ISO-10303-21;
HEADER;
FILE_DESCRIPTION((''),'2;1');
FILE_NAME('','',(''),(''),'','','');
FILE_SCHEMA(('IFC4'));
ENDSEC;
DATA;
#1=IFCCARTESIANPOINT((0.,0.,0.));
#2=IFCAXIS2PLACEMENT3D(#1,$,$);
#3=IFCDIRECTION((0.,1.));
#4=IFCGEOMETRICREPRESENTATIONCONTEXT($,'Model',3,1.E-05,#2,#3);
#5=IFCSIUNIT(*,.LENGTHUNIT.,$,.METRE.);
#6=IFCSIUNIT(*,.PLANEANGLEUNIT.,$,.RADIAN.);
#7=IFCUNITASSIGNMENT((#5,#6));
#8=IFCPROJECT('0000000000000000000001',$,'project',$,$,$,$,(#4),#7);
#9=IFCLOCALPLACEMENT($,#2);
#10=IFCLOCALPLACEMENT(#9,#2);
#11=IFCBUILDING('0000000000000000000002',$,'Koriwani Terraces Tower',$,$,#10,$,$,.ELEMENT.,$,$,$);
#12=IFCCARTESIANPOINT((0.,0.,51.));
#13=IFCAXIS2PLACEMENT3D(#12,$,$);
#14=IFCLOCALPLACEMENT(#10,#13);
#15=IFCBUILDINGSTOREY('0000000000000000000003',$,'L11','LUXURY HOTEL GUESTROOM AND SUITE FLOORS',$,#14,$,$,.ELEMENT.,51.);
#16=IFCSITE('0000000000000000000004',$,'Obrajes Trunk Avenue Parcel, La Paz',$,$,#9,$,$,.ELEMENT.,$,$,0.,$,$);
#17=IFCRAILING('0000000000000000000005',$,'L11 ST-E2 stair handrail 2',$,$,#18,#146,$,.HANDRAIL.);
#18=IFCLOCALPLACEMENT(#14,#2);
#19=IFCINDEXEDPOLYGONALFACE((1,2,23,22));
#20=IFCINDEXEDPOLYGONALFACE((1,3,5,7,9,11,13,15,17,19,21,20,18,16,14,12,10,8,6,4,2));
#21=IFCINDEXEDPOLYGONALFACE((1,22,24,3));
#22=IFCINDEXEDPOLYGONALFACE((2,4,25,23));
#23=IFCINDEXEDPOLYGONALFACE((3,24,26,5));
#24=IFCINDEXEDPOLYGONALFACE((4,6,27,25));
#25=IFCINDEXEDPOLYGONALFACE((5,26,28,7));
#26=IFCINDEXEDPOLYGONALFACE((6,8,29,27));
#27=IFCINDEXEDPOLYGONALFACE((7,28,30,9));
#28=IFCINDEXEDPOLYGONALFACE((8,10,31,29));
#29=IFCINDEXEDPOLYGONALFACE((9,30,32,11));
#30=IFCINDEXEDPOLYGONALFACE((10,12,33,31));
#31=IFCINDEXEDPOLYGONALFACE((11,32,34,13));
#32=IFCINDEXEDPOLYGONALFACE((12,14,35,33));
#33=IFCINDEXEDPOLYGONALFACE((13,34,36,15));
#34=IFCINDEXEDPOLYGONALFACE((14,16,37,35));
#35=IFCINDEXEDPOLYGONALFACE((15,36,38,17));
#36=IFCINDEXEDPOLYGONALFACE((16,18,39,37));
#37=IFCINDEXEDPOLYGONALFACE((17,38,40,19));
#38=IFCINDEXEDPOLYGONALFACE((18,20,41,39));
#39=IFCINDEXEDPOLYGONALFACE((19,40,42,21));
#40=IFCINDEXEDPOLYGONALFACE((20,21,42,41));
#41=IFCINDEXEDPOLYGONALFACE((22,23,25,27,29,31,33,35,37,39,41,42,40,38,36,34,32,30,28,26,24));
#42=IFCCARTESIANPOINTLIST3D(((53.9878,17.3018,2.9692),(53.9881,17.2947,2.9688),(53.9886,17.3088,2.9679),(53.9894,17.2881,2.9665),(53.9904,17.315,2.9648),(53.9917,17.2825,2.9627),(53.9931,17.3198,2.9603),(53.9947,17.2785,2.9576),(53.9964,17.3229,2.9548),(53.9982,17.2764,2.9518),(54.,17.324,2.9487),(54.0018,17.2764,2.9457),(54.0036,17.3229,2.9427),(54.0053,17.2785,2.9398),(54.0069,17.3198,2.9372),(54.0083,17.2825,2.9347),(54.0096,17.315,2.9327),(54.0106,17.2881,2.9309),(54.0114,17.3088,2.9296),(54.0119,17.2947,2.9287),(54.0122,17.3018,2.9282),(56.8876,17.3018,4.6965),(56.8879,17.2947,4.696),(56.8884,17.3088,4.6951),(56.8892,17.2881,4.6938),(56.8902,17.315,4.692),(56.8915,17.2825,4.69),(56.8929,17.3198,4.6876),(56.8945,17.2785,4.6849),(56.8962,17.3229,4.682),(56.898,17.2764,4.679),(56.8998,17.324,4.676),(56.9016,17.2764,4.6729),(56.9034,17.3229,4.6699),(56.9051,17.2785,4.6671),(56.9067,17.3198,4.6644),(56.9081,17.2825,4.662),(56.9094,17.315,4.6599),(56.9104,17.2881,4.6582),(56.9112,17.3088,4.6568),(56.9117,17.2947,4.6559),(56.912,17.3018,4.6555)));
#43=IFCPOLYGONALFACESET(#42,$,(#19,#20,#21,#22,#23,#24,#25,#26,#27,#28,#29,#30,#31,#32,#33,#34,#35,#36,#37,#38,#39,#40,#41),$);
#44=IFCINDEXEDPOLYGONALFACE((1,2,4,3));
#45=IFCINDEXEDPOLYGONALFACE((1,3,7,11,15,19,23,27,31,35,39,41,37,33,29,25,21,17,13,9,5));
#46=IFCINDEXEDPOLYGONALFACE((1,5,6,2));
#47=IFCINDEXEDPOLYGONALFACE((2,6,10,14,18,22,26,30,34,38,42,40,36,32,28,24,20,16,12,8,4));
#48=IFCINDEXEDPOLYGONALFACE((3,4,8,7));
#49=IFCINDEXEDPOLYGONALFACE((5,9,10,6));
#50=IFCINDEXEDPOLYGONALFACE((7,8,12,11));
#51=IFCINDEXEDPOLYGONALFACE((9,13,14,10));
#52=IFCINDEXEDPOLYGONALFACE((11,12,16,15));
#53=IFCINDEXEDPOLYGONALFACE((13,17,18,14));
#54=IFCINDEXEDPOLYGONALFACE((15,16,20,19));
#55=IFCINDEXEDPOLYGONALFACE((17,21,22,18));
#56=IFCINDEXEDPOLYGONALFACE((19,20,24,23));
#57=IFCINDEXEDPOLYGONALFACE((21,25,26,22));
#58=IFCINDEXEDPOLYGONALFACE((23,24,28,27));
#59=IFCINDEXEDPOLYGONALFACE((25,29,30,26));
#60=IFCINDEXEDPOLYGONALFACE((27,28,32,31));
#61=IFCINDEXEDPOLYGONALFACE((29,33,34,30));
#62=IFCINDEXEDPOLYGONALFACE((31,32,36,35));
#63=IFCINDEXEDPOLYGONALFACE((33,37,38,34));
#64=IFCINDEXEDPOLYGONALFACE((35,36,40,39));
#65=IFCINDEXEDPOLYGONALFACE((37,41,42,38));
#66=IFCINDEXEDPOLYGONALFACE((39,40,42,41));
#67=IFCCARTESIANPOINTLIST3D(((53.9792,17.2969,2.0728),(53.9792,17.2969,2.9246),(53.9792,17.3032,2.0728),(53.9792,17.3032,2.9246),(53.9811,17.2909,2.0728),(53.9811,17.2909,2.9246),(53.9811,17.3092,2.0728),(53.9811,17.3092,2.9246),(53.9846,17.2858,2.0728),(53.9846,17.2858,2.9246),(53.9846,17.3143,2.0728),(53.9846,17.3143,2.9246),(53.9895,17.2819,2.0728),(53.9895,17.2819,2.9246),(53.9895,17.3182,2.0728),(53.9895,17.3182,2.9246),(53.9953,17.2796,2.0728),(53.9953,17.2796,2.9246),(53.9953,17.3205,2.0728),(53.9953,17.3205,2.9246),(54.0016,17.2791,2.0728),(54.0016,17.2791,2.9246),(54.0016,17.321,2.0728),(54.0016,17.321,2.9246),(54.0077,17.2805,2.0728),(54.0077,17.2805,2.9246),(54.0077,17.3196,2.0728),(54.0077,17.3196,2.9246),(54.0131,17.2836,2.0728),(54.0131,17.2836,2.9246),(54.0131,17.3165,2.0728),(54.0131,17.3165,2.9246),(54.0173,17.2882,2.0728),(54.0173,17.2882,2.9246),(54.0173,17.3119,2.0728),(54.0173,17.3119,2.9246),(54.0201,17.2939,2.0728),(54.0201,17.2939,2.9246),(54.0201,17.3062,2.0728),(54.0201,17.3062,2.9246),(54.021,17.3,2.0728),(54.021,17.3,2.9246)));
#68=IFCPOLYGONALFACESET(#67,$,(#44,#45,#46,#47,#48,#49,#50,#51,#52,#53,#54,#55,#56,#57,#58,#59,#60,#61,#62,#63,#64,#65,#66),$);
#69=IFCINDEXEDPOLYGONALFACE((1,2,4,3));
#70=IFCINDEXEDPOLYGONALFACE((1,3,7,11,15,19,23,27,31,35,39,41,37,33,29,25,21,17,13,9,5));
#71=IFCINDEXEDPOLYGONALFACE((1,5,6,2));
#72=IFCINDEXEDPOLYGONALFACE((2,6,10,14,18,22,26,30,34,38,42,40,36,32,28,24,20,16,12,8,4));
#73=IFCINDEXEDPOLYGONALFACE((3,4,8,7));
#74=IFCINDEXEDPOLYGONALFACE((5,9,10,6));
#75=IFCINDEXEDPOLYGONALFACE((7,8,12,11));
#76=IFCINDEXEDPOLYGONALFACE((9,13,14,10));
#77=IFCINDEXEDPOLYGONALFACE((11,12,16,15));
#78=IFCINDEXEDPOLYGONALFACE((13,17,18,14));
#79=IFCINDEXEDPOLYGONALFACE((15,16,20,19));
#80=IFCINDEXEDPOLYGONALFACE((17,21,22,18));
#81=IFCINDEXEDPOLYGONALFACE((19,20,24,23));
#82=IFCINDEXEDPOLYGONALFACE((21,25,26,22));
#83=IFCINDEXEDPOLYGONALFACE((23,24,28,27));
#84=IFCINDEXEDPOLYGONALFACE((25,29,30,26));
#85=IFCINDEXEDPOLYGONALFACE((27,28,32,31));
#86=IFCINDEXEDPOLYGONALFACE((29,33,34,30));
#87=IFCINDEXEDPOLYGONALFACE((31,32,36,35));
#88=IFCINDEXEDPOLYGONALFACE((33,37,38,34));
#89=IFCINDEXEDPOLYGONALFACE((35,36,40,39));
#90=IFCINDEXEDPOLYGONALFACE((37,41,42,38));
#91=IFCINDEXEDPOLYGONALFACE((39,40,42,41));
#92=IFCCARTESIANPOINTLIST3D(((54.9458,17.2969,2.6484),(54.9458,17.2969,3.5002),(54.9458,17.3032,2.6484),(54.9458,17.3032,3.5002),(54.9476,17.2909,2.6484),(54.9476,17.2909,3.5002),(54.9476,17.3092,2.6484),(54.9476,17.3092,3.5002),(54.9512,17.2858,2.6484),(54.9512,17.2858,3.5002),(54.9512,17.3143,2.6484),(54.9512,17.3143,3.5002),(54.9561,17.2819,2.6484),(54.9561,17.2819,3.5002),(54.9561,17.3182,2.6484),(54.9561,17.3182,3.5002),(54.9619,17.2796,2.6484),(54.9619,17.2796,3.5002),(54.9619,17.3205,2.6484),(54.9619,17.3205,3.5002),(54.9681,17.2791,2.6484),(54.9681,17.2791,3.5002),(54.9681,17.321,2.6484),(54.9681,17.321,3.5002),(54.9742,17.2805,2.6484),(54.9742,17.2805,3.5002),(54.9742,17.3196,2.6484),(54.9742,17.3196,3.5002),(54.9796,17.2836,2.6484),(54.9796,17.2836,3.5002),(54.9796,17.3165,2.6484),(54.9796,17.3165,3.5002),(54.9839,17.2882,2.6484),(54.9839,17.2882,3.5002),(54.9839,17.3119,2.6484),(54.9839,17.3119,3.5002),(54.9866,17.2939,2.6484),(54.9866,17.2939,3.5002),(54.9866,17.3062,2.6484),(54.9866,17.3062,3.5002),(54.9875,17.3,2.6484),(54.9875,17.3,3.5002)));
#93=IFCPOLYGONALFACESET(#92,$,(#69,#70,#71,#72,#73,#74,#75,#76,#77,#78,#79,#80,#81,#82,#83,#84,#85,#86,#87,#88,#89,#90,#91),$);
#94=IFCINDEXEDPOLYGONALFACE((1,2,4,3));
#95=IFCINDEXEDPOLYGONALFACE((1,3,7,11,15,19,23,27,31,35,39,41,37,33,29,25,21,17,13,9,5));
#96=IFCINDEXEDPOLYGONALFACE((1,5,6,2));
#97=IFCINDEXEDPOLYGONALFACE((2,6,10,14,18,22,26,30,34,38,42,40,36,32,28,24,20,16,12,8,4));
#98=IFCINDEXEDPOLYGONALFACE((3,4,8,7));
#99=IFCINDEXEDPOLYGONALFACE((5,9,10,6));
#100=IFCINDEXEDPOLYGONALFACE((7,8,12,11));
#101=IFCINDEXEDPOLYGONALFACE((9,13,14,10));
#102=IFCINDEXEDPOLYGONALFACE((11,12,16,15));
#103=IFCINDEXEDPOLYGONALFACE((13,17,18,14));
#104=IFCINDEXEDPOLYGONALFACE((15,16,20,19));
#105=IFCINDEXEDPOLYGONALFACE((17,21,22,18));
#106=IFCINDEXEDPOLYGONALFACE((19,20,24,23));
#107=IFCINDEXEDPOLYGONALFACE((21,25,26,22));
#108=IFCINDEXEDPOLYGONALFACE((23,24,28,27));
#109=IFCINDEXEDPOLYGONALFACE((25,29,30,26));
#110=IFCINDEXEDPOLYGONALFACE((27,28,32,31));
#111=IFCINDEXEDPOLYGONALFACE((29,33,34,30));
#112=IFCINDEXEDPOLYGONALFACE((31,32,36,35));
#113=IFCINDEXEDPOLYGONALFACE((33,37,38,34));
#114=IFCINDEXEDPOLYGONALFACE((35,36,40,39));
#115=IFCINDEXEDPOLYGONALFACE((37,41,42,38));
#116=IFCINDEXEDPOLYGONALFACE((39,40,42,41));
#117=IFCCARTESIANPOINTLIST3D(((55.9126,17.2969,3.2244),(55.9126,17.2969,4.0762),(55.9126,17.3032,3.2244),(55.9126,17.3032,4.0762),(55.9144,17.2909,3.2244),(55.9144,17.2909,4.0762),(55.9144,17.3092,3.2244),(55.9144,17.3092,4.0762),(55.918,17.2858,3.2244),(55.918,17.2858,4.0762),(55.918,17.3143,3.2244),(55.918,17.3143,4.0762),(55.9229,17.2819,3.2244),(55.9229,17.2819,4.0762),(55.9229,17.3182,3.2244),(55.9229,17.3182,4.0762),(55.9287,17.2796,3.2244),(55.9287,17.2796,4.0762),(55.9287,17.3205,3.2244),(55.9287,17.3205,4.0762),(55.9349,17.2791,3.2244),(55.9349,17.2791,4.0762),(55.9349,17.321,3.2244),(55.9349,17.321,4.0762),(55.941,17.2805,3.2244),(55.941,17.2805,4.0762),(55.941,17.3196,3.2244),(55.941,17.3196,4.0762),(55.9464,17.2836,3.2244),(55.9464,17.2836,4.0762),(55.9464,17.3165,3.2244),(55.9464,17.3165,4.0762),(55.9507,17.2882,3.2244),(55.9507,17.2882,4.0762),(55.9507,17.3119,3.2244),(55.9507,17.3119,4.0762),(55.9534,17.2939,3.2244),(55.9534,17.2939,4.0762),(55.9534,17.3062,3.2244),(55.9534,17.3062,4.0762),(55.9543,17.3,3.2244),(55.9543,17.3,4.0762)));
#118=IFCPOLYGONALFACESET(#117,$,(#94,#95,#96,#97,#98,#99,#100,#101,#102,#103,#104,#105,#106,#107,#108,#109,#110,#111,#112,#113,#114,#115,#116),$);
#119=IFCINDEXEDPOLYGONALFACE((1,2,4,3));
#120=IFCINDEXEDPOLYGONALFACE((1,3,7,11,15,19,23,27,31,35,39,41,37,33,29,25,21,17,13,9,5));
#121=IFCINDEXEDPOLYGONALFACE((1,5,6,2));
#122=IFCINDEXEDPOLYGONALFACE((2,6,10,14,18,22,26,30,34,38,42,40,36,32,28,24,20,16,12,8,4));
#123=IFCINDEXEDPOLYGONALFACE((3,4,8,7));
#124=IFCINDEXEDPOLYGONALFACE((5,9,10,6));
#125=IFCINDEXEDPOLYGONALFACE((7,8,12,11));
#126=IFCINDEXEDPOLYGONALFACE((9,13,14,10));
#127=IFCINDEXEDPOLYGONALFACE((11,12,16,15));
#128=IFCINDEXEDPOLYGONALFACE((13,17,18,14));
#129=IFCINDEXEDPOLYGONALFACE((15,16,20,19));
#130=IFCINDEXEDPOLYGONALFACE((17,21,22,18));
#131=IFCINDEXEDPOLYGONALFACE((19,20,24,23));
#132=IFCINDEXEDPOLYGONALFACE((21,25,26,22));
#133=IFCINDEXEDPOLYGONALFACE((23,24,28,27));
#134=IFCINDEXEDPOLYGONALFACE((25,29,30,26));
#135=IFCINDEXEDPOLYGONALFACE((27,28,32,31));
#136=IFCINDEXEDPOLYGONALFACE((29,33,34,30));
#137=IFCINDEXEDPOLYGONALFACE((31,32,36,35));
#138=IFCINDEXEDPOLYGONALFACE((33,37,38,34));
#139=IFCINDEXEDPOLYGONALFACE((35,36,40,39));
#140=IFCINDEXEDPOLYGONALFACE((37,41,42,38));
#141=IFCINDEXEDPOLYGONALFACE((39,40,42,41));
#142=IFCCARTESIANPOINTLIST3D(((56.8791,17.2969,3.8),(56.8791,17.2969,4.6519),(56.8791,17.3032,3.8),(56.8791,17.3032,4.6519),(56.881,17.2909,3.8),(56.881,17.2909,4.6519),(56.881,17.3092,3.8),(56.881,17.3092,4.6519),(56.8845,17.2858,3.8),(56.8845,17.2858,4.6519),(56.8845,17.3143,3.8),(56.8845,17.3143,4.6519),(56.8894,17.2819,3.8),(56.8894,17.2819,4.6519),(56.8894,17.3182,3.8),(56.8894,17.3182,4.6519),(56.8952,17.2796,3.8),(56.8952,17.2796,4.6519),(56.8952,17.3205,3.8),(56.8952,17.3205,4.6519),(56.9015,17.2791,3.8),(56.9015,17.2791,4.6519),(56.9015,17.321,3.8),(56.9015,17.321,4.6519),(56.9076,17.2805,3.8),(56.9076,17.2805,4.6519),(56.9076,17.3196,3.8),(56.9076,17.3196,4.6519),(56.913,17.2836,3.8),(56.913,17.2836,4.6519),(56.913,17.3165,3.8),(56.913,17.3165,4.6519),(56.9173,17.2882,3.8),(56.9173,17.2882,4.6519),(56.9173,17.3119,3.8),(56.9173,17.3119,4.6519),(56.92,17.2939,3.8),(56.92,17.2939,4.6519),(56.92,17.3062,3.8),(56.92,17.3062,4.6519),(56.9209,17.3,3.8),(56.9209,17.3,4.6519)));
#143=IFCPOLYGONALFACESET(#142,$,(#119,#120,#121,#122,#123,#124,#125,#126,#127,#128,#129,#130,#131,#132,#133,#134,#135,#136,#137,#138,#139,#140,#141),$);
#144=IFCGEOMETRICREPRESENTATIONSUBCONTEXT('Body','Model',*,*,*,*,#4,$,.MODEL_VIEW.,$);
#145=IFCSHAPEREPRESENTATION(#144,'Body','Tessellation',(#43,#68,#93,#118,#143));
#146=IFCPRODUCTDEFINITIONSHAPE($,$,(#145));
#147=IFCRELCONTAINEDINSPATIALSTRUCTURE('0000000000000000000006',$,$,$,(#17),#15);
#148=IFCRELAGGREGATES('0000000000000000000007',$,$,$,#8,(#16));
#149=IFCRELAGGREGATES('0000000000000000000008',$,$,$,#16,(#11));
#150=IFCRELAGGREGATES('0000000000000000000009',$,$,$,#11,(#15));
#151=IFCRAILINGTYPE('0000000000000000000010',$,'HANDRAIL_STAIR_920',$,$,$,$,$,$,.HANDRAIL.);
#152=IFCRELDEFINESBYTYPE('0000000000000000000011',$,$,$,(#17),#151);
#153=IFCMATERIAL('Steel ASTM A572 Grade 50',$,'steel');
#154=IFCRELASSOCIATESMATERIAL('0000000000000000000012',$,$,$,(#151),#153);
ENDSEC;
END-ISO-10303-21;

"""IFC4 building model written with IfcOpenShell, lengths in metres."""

from ifc_helpers import new_model, si_unit, direction, frame, origin, origin_2d, place, context, subcontext, project, spatial, circle, extrude, material, type_object, element, save


model = new_model("IFC4")

# Units and contexts
model_context = context("Model", 3, precision=1e-05, world=origin(), true_north=direction((0.0, 1.0)))
body_context = subcontext(model_context, "Body", "Model", "MODEL_VIEW")
ifc_project = project(units=[si_unit("LENGTHUNIT", "METRE"), si_unit("PLANEANGLEUNIT", "RADIAN")], contexts=[model_context])

# Site, building, storey
site_placement = place(None, origin())
site = spatial("IfcSite", under=ifc_project, at=site_placement, Name="Obrajes Trunk Avenue Parcel, La Paz", CompositionType="ELEMENT", RefElevation=0.0)
building_placement = place(site_placement, origin())
building = spatial("IfcBuilding", under=site, at=building_placement, Name="Koriwani Terraces Tower", CompositionType="ELEMENT")
storey_placement = place(building_placement, frame((0.0, 0.0, 51.0)))
storey = spatial("IfcBuildingStorey", under=building, at=storey_placement, Name="L11", Description="LUXURY HOTEL GUESTROOM AND SUITE FLOORS", CompositionType="ELEMENT", Elevation=51.0)

# Shared definitions
ifc_material_1 = material(Name="Steel ASTM A572 Grade 50", Category="steel")

# Railing
railing_type_1 = type_object("IfcRailingType", Name="HANDRAIL_STAIR_920", PredefinedType="HANDRAIL", material=ifc_material_1)
railing_1_placement = place(storey_placement, frame((54.0, 17.3, 2.0728)))
element("IfcRailing", 1, at=railing_1_placement, inside=storey, type_object=railing_type_1, Name="L11 ST-E2 stair handrail 2", PredefinedType="HANDRAIL", context=body_context, shape_type="SweptSolid", body=[
    extrude(circle(Radius=0.0239, at=origin_2d()), frame((0.0, 0.0, 0.876), z_axis=(0.859141, 0.0, 0.511738), x_axis=(0.0, 1.0, 0.0)), (0.0, 0.0, 1.0), 3.3752),
    extrude(circle(Radius=0.021, at=origin_2d()), origin(), (0.0, 0.0, 1.0), 0.8518),
    extrude(circle(Radius=0.021, at=origin_2d()), frame((0.9666, 0.0, 0.5757)), (0.0, 0.0, 1.0), 0.8518),
    extrude(circle(Radius=0.021, at=origin_2d()), frame((1.9333, 0.0, 1.1516)), (0.0, 0.0, 1.0), 0.8518),
    extrude(circle(Radius=0.021, at=origin_2d()), frame((2.8999, 0.0, 1.7273)), (0.0, 0.0, 1.0), 0.8518),
])

save(model, "model.ifc")
